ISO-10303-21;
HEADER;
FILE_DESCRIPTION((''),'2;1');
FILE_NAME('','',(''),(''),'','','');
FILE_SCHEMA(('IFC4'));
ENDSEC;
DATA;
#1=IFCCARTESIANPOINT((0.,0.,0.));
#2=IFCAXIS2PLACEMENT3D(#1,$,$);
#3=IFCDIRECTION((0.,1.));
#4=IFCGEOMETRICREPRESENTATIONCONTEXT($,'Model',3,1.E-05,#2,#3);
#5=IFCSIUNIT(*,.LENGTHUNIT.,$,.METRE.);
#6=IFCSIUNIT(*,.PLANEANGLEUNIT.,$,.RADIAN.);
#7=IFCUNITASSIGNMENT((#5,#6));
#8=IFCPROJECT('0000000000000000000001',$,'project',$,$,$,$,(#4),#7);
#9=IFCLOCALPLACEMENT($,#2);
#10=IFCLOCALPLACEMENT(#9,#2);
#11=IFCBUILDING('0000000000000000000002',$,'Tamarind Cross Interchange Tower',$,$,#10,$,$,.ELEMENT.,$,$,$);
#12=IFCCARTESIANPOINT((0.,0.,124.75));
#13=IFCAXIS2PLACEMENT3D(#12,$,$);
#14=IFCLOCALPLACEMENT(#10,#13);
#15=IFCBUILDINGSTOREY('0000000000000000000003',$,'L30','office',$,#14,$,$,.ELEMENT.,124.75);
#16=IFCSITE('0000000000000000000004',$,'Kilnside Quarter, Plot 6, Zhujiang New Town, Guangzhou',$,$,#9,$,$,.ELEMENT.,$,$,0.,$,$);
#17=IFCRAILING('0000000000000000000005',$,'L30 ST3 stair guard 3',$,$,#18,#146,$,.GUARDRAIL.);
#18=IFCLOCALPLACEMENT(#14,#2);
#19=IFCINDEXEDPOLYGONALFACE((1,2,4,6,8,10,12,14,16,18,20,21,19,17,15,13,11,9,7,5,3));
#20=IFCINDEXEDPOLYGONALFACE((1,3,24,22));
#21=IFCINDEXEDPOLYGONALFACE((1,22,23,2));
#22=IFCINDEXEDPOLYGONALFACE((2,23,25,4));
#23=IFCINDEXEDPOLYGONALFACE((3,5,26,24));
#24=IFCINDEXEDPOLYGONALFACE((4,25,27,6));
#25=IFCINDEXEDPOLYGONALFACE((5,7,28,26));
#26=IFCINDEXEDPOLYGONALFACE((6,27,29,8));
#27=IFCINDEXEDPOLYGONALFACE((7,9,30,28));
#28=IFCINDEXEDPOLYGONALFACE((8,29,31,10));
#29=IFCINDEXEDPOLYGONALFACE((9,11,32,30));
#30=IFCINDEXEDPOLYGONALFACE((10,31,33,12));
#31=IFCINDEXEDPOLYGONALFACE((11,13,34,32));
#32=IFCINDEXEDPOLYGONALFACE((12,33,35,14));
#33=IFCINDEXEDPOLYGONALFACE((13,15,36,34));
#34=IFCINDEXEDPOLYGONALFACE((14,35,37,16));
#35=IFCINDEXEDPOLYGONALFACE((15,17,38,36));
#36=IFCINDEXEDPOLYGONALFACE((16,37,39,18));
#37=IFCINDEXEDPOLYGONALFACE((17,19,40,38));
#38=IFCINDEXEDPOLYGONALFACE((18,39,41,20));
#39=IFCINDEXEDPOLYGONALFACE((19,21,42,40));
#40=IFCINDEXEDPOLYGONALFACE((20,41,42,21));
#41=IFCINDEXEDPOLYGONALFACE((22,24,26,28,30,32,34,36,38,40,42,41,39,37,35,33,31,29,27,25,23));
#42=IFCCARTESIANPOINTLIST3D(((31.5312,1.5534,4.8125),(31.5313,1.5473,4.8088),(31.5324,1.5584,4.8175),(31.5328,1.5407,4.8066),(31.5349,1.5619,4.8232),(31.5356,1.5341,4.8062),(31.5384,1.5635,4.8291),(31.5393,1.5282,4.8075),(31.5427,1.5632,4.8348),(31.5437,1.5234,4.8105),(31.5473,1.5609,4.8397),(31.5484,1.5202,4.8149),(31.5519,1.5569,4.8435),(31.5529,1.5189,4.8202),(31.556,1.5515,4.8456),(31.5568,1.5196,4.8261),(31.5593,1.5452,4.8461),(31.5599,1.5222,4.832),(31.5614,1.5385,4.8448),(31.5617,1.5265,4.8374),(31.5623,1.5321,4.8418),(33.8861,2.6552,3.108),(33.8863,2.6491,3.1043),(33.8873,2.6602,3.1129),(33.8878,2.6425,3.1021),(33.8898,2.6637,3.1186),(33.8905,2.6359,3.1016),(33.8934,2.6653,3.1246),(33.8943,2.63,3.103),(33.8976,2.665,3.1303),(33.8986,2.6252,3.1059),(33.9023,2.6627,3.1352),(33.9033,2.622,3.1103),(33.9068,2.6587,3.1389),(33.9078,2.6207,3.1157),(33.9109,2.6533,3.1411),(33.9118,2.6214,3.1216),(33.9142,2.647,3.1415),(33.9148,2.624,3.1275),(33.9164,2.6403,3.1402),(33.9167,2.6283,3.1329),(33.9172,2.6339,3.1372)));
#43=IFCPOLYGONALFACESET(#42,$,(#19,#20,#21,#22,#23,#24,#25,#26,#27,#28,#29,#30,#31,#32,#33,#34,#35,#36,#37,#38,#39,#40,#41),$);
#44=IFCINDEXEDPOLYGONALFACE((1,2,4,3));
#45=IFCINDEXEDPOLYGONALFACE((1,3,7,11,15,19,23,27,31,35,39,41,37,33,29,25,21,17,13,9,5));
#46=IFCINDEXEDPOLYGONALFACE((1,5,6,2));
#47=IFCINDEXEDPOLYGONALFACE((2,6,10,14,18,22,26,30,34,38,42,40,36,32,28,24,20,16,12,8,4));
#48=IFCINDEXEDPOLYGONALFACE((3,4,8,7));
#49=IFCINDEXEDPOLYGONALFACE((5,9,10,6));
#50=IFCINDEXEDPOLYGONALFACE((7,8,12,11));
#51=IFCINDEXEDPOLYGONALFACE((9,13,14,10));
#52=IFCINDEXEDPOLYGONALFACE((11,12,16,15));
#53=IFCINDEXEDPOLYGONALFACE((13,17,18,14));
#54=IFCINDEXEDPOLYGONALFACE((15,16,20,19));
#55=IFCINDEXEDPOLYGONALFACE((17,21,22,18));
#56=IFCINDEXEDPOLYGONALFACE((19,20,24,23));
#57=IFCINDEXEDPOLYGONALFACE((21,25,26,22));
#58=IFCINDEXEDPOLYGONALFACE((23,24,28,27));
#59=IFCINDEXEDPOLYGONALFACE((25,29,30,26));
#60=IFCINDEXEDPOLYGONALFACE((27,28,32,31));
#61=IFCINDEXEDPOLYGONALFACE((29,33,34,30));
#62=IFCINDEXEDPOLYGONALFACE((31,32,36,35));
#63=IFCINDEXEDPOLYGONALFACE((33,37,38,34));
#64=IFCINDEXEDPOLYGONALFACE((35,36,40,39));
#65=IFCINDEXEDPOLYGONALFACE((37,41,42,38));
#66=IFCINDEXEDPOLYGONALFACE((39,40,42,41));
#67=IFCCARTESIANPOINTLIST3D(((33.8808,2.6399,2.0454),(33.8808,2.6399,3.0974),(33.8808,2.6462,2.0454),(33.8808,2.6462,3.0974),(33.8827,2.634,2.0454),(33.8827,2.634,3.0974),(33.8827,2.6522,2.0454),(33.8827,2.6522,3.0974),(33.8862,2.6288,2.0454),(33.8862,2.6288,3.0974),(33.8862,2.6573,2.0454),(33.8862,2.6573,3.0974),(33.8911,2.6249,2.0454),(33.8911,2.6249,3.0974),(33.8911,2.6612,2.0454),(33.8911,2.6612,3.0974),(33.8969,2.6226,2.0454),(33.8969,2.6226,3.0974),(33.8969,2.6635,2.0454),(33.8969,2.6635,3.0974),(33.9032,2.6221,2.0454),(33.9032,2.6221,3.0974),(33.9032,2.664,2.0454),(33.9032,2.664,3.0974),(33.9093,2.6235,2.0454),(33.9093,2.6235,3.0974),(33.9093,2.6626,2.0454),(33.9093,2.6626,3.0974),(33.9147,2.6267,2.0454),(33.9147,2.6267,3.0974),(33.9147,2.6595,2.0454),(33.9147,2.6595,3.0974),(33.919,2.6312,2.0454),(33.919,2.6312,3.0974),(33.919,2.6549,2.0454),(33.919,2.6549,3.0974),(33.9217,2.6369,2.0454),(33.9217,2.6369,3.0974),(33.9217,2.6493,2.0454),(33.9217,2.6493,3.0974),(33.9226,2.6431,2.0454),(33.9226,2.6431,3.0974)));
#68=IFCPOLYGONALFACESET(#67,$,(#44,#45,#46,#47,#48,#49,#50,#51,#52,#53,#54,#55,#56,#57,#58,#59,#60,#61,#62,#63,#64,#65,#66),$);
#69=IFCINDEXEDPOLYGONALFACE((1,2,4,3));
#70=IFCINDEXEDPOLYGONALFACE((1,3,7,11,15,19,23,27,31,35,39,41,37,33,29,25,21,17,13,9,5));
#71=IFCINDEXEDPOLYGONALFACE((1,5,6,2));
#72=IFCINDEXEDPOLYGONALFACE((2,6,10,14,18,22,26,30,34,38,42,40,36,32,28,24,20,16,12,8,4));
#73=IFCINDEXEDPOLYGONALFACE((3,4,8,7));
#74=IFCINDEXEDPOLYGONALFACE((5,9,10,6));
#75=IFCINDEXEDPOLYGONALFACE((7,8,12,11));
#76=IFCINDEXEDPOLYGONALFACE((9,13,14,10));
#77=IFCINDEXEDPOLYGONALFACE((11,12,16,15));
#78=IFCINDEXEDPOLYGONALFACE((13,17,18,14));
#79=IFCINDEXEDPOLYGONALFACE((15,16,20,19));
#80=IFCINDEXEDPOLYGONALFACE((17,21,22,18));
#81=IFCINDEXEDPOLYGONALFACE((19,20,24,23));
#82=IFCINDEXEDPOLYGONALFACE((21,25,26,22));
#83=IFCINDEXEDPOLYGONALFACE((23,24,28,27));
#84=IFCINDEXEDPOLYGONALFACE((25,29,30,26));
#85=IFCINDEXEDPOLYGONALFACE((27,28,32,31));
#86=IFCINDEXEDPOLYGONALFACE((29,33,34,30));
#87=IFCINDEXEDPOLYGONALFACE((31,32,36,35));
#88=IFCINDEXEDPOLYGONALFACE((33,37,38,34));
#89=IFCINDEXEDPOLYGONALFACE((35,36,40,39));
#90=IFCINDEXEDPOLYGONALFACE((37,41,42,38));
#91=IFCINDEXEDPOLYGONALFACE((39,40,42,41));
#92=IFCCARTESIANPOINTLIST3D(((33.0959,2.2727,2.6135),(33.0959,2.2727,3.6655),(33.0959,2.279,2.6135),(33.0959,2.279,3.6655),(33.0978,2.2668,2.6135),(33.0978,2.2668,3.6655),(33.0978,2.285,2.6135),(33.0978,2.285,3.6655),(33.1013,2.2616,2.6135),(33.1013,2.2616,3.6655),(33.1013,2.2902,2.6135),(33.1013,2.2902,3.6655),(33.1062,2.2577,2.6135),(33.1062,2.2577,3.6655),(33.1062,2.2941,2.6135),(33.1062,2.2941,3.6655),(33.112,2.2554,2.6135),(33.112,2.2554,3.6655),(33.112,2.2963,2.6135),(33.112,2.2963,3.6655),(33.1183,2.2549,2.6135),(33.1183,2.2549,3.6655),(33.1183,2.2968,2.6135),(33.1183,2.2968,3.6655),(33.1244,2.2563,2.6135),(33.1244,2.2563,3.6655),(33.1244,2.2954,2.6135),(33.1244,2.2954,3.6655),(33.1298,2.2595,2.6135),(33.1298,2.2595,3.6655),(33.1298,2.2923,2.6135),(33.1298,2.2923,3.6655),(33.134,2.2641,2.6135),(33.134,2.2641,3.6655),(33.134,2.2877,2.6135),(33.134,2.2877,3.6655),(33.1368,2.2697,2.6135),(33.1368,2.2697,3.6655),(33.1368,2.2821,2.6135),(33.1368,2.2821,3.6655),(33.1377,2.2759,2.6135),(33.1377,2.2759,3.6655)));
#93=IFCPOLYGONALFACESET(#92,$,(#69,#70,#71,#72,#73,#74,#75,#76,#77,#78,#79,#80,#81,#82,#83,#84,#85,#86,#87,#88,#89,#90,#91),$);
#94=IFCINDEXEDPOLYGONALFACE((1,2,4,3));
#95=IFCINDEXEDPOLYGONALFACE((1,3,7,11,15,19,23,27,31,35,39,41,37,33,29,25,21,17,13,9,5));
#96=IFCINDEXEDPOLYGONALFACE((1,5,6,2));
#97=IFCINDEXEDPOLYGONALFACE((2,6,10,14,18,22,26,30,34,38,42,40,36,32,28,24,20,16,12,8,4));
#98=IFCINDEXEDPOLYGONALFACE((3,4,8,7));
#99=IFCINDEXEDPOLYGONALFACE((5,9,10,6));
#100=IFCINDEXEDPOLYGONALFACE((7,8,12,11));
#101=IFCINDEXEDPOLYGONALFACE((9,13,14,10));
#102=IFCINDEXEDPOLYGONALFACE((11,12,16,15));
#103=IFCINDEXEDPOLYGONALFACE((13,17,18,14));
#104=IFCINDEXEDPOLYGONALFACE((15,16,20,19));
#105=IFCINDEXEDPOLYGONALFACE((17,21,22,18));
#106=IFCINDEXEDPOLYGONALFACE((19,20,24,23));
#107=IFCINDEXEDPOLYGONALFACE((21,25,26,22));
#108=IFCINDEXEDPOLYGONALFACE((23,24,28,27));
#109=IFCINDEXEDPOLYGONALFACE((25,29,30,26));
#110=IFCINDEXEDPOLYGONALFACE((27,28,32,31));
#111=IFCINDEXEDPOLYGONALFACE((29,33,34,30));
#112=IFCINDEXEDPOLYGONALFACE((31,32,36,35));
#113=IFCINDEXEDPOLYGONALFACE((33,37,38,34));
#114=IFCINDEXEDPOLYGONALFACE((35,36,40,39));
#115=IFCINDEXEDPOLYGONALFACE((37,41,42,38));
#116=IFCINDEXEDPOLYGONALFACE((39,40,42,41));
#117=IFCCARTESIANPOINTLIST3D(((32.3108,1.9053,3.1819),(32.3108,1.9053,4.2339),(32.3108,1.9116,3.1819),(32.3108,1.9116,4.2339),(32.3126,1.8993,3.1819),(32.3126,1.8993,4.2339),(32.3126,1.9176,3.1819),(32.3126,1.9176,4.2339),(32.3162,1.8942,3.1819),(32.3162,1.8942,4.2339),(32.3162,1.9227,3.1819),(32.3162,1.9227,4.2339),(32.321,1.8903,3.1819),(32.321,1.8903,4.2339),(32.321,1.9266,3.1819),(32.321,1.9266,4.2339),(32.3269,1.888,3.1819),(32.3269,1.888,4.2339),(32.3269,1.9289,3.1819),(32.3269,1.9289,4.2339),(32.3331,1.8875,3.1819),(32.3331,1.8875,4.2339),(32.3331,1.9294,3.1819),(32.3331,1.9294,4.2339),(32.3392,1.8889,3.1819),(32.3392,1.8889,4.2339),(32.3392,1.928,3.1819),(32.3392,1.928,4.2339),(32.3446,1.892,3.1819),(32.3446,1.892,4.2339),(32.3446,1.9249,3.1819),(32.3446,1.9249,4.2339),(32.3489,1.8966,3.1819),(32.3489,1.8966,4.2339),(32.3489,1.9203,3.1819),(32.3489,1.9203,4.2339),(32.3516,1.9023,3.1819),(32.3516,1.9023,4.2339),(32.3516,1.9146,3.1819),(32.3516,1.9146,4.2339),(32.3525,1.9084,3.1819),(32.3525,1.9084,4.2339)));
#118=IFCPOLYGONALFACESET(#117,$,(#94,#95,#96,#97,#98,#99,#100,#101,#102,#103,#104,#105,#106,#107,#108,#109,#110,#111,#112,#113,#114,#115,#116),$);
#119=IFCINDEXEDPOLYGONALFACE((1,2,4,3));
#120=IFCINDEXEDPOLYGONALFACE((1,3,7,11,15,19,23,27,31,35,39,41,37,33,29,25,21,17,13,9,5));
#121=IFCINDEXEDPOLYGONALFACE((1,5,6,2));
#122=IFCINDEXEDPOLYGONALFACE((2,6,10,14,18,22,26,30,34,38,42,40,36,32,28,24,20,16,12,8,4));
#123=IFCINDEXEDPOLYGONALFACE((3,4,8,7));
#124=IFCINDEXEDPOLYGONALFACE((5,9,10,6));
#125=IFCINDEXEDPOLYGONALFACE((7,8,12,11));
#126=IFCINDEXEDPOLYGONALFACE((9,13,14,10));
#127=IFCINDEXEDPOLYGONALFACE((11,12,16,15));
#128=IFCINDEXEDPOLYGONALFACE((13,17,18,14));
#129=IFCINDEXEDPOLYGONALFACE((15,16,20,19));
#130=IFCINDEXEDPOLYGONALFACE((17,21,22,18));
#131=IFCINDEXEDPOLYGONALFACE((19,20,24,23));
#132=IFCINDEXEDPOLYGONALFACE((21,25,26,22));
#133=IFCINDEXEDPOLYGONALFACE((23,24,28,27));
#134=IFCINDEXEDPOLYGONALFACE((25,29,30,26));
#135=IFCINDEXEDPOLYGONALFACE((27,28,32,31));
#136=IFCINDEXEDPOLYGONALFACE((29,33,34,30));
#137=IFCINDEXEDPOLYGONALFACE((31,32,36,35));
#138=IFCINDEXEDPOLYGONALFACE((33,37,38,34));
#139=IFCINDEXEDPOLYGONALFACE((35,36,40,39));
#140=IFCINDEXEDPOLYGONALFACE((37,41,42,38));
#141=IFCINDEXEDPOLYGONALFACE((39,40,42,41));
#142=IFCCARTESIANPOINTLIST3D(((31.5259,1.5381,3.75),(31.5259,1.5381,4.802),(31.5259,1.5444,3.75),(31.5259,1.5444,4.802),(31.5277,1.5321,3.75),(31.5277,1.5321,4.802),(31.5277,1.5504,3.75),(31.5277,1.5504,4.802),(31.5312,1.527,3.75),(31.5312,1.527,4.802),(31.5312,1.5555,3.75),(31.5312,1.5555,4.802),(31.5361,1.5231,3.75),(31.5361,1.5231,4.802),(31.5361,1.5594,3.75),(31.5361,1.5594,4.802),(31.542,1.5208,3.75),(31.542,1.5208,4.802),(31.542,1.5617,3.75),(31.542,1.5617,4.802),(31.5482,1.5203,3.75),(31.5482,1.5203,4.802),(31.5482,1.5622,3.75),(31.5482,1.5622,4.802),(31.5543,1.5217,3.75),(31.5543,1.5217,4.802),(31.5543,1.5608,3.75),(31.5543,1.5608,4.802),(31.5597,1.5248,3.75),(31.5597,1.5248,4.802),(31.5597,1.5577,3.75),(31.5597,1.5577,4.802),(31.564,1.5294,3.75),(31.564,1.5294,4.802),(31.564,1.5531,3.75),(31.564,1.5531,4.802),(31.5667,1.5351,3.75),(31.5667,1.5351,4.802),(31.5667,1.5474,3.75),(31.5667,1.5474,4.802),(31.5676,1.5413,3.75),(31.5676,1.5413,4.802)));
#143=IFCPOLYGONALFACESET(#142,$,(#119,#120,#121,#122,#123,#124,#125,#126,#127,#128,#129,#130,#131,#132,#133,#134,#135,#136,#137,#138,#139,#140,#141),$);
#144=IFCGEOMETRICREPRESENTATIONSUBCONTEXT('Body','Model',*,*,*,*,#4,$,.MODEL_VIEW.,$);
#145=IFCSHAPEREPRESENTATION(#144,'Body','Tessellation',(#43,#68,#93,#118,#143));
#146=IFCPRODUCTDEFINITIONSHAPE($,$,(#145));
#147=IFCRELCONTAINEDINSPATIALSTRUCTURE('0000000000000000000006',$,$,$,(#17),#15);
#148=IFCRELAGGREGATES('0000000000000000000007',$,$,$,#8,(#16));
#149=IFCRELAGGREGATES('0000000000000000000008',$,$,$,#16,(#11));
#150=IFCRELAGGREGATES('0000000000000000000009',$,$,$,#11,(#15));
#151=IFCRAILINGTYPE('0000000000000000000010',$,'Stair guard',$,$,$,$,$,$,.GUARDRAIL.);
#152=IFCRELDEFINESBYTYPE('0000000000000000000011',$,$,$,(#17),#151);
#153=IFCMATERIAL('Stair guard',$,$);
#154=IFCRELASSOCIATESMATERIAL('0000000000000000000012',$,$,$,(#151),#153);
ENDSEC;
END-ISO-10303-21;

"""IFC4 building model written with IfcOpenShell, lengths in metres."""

from ifc_helpers import new_model, si_unit, direction, frame, origin, origin_2d, place, context, subcontext, project, spatial, circle, extrude, material, type_object, element, save


model = new_model("IFC4")

# Units and contexts
model_context = context("Model", 3, precision=1e-05, world=origin(), true_north=direction((0.0, 1.0)))
body_context = subcontext(model_context, "Body", "Model", "MODEL_VIEW")
ifc_project = project(units=[si_unit("LENGTHUNIT", "METRE"), si_unit("PLANEANGLEUNIT", "RADIAN")], contexts=[model_context])

# Site, building, storey
site_placement = place(None, origin())
site = spatial("IfcSite", under=ifc_project, at=site_placement, Name="Kilnside Quarter, Plot 6, Zhujiang New Town, Guangzhou", CompositionType="ELEMENT", RefElevation=0.0)
building_placement = place(site_placement, origin())
building = spatial("IfcBuilding", under=site, at=building_placement, Name="Tamarind Cross Interchange Tower", CompositionType="ELEMENT")
storey_placement = place(building_placement, frame((0.0, 0.0, 124.75)))
storey = spatial("IfcBuildingStorey", under=building, at=storey_placement, Name="L30", Description="office", CompositionType="ELEMENT", Elevation=124.75)

# Railing
ifc_material_1 = material(Name="Stair guard")
railing_type_1 = type_object("IfcRailingType", Name="Stair guard", PredefinedType="GUARDRAIL", material=ifc_material_1)
railing_1_placement = place(storey_placement, frame((33.9016, 2.6431, 2.0454)))
element("IfcRailing", 1, at=railing_1_placement, inside=storey, type_object=railing_type_1, Name="L30 ST3 stair guard 3", PredefinedType="GUARDRAIL", context=body_context, shape_type="SweptSolid", body=[
    extrude(circle(Radius=0.0239, at=origin_2d()), frame((0.0, 0.0, 1.0762), z_axis=(-0.757485, -0.354399, 0.548286), x_axis=(0.423775, -0.905768, 0.0)), (0.0, 0.0, 1.0), 3.1089),
    extrude(circle(Radius=0.021, at=origin_2d()), origin(), (0.0, 0.0, 1.0), 1.052),
    extrude(circle(Radius=0.021, at=origin_2d()), frame((-0.7849, -0.3672, 0.5681)), (0.0, 0.0, 1.0), 1.052),
    extrude(circle(Radius=0.021, at=origin_2d()), frame((-1.5701, -0.7346, 1.1365)), (0.0, 0.0, 1.0), 1.052),
    extrude(circle(Radius=0.021, at=origin_2d()), frame((-2.355, -1.1018, 1.7046)), (0.0, 0.0, 1.0), 1.052),
])

save(model, "model.ifc")
